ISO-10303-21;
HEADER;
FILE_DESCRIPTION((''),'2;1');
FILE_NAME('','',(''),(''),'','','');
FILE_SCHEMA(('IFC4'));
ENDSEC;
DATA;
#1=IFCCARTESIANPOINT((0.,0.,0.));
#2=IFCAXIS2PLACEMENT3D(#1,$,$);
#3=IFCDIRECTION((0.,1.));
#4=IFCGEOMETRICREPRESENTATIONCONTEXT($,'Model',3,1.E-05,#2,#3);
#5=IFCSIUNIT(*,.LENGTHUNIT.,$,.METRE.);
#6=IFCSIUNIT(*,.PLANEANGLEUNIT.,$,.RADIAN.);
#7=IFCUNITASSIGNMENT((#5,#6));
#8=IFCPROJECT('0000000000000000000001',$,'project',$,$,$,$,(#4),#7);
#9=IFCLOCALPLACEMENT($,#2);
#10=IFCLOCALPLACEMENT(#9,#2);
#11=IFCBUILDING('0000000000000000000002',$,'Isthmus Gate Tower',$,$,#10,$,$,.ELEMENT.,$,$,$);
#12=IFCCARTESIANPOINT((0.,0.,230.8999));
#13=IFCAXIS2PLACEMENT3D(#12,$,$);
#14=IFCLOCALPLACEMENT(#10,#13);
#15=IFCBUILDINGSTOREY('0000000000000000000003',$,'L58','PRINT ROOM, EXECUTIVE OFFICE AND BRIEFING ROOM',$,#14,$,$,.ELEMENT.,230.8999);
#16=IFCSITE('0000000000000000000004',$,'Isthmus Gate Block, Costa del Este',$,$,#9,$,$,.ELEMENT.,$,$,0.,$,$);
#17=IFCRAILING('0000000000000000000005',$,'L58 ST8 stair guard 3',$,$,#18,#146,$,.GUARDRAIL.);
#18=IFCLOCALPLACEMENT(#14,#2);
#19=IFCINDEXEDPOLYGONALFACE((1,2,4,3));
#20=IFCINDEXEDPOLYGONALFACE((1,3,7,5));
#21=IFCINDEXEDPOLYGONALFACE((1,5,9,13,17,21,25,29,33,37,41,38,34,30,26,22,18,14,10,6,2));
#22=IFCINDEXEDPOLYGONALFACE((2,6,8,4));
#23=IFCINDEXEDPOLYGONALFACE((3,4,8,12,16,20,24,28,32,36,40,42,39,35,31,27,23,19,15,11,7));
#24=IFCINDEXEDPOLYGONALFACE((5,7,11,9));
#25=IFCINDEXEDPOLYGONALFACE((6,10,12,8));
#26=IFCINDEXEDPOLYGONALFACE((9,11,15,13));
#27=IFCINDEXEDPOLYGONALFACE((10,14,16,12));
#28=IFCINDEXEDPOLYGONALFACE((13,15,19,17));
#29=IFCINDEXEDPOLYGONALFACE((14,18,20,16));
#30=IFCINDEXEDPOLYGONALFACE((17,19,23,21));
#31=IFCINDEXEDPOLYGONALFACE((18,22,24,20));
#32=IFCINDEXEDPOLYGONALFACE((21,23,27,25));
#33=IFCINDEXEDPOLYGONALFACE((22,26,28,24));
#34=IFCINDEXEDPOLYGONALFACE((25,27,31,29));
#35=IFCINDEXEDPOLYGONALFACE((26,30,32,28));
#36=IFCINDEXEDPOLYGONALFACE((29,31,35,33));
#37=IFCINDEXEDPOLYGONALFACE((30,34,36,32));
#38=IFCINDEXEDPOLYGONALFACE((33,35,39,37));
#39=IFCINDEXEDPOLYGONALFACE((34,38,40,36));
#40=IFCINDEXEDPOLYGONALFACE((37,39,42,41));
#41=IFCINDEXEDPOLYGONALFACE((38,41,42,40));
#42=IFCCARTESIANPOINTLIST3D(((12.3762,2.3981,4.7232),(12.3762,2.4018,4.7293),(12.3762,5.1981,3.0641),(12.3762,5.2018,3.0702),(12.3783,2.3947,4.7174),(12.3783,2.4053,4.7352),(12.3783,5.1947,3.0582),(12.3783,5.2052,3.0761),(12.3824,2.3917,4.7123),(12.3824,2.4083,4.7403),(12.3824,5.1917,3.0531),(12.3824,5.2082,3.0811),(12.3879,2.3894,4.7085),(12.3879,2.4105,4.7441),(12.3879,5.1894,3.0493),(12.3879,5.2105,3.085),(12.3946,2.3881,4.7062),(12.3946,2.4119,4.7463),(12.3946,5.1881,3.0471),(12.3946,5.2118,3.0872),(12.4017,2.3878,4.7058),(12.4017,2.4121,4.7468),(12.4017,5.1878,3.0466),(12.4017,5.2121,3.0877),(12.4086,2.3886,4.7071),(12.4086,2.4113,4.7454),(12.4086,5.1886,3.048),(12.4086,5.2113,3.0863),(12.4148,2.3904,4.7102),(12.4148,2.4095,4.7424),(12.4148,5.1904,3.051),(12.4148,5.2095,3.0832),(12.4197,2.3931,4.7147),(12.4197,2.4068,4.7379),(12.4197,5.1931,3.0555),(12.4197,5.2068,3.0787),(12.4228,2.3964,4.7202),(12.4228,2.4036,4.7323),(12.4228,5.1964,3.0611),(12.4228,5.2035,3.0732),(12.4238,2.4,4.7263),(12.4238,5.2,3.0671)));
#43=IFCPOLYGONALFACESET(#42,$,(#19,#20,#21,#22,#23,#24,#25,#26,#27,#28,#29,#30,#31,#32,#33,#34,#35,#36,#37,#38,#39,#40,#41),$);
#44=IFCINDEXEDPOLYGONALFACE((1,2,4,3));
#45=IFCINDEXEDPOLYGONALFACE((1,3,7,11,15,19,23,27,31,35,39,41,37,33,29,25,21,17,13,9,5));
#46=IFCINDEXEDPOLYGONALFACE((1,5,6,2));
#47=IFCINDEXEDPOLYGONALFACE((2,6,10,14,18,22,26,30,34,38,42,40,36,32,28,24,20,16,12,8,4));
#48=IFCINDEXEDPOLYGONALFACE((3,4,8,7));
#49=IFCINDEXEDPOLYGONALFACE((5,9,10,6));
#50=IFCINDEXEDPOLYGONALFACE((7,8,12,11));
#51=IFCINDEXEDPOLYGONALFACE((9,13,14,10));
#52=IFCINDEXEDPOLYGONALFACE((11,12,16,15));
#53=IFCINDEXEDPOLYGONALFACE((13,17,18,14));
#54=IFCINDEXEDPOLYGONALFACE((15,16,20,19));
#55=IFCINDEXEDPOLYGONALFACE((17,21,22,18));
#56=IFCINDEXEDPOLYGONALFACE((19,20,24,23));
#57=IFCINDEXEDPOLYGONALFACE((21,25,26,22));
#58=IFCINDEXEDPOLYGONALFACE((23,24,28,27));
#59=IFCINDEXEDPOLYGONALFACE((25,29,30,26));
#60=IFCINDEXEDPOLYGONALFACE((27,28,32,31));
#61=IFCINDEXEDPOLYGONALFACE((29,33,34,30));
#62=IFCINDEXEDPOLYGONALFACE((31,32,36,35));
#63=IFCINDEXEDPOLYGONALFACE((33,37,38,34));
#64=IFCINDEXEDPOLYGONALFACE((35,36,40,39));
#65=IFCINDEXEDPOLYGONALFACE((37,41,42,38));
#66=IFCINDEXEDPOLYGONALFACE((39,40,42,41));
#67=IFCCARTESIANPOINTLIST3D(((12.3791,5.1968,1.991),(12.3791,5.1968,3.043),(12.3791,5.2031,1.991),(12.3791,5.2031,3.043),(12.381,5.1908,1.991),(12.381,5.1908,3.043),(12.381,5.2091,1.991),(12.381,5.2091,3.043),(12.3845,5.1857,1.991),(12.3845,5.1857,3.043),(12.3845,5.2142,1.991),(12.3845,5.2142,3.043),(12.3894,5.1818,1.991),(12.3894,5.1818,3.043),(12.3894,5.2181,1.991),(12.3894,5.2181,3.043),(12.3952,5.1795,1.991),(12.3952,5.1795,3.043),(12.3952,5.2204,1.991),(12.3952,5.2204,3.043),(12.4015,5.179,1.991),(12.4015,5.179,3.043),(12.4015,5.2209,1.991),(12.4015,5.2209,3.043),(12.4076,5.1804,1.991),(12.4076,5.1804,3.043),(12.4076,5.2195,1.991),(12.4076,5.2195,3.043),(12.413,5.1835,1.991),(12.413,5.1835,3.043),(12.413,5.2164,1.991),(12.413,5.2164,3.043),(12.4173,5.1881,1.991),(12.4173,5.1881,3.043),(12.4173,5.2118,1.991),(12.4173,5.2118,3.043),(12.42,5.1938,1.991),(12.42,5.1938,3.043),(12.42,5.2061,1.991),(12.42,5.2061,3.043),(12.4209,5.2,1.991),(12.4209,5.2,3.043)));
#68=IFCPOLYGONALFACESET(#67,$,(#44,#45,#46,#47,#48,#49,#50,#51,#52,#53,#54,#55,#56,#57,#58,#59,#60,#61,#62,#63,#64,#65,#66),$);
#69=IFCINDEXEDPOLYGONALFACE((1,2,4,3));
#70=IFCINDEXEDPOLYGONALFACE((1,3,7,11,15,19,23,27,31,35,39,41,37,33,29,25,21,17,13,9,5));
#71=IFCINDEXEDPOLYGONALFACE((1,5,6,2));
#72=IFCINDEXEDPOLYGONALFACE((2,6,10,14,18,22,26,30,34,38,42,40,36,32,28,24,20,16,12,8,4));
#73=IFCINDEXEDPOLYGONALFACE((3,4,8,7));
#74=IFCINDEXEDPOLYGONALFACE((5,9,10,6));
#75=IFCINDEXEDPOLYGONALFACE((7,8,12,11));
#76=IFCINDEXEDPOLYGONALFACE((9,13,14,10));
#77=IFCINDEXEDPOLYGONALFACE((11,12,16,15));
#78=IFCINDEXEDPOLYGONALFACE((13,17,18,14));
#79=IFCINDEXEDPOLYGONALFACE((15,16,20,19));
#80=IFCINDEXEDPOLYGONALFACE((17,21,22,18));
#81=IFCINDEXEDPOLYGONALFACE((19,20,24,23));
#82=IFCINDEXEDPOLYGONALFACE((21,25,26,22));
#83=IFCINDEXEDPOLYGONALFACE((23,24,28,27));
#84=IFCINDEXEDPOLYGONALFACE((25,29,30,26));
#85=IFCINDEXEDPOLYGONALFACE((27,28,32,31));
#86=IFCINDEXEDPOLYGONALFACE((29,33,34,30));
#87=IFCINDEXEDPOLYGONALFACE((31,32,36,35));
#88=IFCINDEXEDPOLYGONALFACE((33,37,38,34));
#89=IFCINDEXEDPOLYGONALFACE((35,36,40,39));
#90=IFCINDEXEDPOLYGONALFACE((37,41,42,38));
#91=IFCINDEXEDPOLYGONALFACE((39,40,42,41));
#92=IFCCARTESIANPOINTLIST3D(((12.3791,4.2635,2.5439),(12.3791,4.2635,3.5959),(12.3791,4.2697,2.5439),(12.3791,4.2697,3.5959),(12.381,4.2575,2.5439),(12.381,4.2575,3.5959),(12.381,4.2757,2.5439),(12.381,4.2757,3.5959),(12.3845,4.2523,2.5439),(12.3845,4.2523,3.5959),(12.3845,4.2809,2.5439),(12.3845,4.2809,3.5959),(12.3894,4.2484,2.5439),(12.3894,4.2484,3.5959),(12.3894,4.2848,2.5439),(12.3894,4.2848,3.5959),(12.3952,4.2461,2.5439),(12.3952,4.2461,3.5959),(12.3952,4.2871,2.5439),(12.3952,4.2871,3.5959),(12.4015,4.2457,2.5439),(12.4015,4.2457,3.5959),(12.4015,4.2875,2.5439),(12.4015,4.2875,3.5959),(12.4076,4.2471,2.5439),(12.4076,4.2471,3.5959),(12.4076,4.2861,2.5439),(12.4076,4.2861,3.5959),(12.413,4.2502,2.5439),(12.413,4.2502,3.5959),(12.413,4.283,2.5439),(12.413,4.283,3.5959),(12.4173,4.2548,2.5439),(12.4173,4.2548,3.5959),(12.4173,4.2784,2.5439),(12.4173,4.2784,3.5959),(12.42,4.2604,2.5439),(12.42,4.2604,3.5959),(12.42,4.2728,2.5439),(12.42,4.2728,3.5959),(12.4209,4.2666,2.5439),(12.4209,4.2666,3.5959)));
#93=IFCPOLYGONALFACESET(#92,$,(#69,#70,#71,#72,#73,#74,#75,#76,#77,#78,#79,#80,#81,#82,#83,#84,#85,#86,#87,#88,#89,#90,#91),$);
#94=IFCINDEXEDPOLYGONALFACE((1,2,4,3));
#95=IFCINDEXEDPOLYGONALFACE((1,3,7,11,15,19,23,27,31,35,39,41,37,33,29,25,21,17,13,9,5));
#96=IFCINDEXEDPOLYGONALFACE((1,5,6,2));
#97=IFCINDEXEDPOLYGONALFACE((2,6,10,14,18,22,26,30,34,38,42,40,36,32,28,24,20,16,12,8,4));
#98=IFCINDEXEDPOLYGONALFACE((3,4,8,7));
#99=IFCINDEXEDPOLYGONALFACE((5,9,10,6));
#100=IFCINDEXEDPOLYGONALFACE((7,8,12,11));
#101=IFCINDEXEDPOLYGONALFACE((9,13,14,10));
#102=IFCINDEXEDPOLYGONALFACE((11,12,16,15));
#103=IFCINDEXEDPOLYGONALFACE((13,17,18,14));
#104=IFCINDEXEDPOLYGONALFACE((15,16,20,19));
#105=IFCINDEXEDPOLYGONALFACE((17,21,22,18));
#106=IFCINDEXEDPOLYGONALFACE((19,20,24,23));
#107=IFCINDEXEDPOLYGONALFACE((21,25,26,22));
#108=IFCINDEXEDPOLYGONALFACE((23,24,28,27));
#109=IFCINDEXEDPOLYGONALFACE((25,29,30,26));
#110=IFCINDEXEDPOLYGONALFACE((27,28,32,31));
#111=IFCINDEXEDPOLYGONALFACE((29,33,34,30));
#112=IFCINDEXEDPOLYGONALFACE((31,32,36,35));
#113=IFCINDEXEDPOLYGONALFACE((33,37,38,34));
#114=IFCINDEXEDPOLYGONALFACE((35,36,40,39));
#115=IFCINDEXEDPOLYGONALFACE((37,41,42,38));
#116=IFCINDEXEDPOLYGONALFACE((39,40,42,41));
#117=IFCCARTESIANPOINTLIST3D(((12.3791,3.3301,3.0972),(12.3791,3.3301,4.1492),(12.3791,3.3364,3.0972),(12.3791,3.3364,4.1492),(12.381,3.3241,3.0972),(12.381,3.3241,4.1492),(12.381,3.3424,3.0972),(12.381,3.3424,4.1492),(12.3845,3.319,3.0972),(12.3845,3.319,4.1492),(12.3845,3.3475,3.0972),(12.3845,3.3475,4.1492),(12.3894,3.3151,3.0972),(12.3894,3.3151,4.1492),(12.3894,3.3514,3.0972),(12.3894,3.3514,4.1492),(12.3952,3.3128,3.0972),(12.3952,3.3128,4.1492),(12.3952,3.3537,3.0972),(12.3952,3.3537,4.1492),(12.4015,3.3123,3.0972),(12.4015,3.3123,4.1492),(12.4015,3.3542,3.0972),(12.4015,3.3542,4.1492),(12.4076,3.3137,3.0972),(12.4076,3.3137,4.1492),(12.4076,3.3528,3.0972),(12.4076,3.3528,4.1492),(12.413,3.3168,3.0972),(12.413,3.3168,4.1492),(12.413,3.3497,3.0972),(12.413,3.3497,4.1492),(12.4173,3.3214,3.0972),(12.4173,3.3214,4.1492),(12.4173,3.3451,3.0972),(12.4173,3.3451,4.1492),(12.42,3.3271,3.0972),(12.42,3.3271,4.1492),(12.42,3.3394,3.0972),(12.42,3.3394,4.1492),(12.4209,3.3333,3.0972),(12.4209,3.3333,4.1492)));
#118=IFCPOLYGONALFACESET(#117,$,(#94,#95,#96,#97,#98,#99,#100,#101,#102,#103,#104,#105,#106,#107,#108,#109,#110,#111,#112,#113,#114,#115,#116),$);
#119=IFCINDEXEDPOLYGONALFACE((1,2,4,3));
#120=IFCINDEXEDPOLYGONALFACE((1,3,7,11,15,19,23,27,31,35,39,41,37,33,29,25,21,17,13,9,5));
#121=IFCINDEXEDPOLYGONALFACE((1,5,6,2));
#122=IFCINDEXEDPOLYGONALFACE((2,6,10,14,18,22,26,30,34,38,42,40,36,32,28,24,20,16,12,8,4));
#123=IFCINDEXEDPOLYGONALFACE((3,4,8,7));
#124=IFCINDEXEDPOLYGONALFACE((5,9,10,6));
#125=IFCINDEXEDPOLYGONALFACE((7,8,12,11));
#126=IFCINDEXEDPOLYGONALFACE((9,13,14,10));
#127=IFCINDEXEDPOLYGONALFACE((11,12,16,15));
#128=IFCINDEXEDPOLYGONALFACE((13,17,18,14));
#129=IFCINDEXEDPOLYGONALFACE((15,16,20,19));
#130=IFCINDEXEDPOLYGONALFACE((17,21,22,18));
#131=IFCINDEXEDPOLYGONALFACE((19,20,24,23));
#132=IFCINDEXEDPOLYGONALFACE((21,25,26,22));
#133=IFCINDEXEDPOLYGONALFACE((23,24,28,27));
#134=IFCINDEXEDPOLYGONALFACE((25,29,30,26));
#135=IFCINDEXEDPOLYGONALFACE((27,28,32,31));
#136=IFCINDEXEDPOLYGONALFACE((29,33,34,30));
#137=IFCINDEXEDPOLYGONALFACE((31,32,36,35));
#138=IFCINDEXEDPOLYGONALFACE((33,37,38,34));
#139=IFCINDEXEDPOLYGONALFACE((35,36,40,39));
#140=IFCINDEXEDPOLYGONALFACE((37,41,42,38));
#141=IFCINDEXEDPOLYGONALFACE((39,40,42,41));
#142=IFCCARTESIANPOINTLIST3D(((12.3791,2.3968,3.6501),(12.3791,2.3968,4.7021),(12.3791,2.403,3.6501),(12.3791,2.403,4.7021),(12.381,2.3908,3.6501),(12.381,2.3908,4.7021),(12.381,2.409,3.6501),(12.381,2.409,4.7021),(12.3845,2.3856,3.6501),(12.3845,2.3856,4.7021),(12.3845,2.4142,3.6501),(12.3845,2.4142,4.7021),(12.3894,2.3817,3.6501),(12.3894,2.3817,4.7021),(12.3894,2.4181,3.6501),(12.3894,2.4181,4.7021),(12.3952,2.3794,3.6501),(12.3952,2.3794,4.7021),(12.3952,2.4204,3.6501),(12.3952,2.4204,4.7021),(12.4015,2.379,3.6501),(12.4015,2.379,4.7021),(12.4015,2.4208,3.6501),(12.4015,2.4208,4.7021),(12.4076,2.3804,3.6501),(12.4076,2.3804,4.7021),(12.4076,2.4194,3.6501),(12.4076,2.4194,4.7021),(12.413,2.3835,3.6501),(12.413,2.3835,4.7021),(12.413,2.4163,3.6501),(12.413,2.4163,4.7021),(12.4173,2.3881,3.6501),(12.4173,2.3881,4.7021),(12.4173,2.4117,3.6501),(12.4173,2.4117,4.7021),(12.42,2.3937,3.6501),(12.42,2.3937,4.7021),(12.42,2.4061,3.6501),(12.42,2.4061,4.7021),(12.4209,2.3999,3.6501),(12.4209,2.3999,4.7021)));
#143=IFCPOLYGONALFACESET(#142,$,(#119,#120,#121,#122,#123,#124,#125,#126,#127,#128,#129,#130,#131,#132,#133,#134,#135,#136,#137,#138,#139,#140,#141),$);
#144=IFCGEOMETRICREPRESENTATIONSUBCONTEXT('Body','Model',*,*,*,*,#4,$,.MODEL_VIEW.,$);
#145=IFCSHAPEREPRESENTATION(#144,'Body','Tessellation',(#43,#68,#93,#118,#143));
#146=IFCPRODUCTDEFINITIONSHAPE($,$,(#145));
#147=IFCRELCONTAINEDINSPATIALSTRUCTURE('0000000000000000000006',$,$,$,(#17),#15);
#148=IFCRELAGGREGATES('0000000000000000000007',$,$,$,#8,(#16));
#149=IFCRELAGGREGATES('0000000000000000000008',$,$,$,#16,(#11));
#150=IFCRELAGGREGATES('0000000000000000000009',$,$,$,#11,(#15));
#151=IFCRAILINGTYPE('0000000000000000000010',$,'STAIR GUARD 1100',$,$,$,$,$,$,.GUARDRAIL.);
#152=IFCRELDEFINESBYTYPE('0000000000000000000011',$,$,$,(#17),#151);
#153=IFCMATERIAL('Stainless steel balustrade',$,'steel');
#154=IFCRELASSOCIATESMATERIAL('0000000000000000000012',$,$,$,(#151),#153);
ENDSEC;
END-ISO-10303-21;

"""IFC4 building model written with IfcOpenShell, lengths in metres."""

from ifc_helpers import new_model, si_unit, direction, frame, origin, origin_2d, place, context, subcontext, project, spatial, circle, extrude, material, type_object, element, save


model = new_model("IFC4")

# Units and contexts
model_context = context("Model", 3, precision=1e-05, world=origin(), true_north=direction((0.0, 1.0)))
body_context = subcontext(model_context, "Body", "Model", "MODEL_VIEW")
ifc_project = project(units=[si_unit("LENGTHUNIT", "METRE"), si_unit("PLANEANGLEUNIT", "RADIAN")], contexts=[model_context])

# Site, building, storey
site_placement = place(None, origin())
site = spatial("IfcSite", under=ifc_project, at=site_placement, Name="Isthmus Gate Block, Costa del Este", CompositionType="ELEMENT", RefElevation=0.0)
building_placement = place(site_placement, origin())
building = spatial("IfcBuilding", under=site, at=building_placement, Name="Isthmus Gate Tower", CompositionType="ELEMENT")
storey_placement = place(building_placement, frame((0.0, 0.0, 230.8999)))
storey = spatial("IfcBuildingStorey", under=building, at=storey_placement, Name="L58", Description="PRINT ROOM, EXECUTIVE OFFICE AND BRIEFING ROOM", CompositionType="ELEMENT", Elevation=230.8999)

# Railing
ifc_material_1 = material(Name="Stainless steel balustrade", Category="steel")
railing_type_1 = type_object("IfcRailingType", Name="STAIR GUARD 1100", PredefinedType="GUARDRAIL", material=ifc_material_1)
railing_1_placement = place(storey_placement, frame((12.3999, 5.2, 1.991)))
element("IfcRailing", 1, at=railing_1_placement, inside=storey, type_object=railing_type_1, Name="L58 ST8 stair guard 3", PredefinedType="GUARDRAIL", context=body_context, shape_type="SweptSolid", body=[
    extrude(circle(Radius=0.0239, at=origin_2d()), frame((0.0, 0.0, 1.0762), z_axis=(0.0, -0.860306, 0.509778), x_axis=(1.0, 0.0, 0.0)), (0.0, 0.0, 1.0), 3.2546),
    extrude(circle(Radius=0.021, at=origin_2d()), origin(), (0.0, 0.0, 1.0), 1.052),
    extrude(circle(Radius=0.021, at=origin_2d()), frame((0.0, -0.9333, 0.553)), (0.0, 0.0, 1.0), 1.052),
    extrude(circle(Radius=0.021, at=origin_2d()), frame((0.0, -1.8667, 1.1062)), (0.0, 0.0, 1.0), 1.052),
    extrude(circle(Radius=0.021, at=origin_2d()), frame((0.0, -2.8, 1.6592)), (0.0, 0.0, 1.0), 1.052),
])

save(model, "model.ifc")
